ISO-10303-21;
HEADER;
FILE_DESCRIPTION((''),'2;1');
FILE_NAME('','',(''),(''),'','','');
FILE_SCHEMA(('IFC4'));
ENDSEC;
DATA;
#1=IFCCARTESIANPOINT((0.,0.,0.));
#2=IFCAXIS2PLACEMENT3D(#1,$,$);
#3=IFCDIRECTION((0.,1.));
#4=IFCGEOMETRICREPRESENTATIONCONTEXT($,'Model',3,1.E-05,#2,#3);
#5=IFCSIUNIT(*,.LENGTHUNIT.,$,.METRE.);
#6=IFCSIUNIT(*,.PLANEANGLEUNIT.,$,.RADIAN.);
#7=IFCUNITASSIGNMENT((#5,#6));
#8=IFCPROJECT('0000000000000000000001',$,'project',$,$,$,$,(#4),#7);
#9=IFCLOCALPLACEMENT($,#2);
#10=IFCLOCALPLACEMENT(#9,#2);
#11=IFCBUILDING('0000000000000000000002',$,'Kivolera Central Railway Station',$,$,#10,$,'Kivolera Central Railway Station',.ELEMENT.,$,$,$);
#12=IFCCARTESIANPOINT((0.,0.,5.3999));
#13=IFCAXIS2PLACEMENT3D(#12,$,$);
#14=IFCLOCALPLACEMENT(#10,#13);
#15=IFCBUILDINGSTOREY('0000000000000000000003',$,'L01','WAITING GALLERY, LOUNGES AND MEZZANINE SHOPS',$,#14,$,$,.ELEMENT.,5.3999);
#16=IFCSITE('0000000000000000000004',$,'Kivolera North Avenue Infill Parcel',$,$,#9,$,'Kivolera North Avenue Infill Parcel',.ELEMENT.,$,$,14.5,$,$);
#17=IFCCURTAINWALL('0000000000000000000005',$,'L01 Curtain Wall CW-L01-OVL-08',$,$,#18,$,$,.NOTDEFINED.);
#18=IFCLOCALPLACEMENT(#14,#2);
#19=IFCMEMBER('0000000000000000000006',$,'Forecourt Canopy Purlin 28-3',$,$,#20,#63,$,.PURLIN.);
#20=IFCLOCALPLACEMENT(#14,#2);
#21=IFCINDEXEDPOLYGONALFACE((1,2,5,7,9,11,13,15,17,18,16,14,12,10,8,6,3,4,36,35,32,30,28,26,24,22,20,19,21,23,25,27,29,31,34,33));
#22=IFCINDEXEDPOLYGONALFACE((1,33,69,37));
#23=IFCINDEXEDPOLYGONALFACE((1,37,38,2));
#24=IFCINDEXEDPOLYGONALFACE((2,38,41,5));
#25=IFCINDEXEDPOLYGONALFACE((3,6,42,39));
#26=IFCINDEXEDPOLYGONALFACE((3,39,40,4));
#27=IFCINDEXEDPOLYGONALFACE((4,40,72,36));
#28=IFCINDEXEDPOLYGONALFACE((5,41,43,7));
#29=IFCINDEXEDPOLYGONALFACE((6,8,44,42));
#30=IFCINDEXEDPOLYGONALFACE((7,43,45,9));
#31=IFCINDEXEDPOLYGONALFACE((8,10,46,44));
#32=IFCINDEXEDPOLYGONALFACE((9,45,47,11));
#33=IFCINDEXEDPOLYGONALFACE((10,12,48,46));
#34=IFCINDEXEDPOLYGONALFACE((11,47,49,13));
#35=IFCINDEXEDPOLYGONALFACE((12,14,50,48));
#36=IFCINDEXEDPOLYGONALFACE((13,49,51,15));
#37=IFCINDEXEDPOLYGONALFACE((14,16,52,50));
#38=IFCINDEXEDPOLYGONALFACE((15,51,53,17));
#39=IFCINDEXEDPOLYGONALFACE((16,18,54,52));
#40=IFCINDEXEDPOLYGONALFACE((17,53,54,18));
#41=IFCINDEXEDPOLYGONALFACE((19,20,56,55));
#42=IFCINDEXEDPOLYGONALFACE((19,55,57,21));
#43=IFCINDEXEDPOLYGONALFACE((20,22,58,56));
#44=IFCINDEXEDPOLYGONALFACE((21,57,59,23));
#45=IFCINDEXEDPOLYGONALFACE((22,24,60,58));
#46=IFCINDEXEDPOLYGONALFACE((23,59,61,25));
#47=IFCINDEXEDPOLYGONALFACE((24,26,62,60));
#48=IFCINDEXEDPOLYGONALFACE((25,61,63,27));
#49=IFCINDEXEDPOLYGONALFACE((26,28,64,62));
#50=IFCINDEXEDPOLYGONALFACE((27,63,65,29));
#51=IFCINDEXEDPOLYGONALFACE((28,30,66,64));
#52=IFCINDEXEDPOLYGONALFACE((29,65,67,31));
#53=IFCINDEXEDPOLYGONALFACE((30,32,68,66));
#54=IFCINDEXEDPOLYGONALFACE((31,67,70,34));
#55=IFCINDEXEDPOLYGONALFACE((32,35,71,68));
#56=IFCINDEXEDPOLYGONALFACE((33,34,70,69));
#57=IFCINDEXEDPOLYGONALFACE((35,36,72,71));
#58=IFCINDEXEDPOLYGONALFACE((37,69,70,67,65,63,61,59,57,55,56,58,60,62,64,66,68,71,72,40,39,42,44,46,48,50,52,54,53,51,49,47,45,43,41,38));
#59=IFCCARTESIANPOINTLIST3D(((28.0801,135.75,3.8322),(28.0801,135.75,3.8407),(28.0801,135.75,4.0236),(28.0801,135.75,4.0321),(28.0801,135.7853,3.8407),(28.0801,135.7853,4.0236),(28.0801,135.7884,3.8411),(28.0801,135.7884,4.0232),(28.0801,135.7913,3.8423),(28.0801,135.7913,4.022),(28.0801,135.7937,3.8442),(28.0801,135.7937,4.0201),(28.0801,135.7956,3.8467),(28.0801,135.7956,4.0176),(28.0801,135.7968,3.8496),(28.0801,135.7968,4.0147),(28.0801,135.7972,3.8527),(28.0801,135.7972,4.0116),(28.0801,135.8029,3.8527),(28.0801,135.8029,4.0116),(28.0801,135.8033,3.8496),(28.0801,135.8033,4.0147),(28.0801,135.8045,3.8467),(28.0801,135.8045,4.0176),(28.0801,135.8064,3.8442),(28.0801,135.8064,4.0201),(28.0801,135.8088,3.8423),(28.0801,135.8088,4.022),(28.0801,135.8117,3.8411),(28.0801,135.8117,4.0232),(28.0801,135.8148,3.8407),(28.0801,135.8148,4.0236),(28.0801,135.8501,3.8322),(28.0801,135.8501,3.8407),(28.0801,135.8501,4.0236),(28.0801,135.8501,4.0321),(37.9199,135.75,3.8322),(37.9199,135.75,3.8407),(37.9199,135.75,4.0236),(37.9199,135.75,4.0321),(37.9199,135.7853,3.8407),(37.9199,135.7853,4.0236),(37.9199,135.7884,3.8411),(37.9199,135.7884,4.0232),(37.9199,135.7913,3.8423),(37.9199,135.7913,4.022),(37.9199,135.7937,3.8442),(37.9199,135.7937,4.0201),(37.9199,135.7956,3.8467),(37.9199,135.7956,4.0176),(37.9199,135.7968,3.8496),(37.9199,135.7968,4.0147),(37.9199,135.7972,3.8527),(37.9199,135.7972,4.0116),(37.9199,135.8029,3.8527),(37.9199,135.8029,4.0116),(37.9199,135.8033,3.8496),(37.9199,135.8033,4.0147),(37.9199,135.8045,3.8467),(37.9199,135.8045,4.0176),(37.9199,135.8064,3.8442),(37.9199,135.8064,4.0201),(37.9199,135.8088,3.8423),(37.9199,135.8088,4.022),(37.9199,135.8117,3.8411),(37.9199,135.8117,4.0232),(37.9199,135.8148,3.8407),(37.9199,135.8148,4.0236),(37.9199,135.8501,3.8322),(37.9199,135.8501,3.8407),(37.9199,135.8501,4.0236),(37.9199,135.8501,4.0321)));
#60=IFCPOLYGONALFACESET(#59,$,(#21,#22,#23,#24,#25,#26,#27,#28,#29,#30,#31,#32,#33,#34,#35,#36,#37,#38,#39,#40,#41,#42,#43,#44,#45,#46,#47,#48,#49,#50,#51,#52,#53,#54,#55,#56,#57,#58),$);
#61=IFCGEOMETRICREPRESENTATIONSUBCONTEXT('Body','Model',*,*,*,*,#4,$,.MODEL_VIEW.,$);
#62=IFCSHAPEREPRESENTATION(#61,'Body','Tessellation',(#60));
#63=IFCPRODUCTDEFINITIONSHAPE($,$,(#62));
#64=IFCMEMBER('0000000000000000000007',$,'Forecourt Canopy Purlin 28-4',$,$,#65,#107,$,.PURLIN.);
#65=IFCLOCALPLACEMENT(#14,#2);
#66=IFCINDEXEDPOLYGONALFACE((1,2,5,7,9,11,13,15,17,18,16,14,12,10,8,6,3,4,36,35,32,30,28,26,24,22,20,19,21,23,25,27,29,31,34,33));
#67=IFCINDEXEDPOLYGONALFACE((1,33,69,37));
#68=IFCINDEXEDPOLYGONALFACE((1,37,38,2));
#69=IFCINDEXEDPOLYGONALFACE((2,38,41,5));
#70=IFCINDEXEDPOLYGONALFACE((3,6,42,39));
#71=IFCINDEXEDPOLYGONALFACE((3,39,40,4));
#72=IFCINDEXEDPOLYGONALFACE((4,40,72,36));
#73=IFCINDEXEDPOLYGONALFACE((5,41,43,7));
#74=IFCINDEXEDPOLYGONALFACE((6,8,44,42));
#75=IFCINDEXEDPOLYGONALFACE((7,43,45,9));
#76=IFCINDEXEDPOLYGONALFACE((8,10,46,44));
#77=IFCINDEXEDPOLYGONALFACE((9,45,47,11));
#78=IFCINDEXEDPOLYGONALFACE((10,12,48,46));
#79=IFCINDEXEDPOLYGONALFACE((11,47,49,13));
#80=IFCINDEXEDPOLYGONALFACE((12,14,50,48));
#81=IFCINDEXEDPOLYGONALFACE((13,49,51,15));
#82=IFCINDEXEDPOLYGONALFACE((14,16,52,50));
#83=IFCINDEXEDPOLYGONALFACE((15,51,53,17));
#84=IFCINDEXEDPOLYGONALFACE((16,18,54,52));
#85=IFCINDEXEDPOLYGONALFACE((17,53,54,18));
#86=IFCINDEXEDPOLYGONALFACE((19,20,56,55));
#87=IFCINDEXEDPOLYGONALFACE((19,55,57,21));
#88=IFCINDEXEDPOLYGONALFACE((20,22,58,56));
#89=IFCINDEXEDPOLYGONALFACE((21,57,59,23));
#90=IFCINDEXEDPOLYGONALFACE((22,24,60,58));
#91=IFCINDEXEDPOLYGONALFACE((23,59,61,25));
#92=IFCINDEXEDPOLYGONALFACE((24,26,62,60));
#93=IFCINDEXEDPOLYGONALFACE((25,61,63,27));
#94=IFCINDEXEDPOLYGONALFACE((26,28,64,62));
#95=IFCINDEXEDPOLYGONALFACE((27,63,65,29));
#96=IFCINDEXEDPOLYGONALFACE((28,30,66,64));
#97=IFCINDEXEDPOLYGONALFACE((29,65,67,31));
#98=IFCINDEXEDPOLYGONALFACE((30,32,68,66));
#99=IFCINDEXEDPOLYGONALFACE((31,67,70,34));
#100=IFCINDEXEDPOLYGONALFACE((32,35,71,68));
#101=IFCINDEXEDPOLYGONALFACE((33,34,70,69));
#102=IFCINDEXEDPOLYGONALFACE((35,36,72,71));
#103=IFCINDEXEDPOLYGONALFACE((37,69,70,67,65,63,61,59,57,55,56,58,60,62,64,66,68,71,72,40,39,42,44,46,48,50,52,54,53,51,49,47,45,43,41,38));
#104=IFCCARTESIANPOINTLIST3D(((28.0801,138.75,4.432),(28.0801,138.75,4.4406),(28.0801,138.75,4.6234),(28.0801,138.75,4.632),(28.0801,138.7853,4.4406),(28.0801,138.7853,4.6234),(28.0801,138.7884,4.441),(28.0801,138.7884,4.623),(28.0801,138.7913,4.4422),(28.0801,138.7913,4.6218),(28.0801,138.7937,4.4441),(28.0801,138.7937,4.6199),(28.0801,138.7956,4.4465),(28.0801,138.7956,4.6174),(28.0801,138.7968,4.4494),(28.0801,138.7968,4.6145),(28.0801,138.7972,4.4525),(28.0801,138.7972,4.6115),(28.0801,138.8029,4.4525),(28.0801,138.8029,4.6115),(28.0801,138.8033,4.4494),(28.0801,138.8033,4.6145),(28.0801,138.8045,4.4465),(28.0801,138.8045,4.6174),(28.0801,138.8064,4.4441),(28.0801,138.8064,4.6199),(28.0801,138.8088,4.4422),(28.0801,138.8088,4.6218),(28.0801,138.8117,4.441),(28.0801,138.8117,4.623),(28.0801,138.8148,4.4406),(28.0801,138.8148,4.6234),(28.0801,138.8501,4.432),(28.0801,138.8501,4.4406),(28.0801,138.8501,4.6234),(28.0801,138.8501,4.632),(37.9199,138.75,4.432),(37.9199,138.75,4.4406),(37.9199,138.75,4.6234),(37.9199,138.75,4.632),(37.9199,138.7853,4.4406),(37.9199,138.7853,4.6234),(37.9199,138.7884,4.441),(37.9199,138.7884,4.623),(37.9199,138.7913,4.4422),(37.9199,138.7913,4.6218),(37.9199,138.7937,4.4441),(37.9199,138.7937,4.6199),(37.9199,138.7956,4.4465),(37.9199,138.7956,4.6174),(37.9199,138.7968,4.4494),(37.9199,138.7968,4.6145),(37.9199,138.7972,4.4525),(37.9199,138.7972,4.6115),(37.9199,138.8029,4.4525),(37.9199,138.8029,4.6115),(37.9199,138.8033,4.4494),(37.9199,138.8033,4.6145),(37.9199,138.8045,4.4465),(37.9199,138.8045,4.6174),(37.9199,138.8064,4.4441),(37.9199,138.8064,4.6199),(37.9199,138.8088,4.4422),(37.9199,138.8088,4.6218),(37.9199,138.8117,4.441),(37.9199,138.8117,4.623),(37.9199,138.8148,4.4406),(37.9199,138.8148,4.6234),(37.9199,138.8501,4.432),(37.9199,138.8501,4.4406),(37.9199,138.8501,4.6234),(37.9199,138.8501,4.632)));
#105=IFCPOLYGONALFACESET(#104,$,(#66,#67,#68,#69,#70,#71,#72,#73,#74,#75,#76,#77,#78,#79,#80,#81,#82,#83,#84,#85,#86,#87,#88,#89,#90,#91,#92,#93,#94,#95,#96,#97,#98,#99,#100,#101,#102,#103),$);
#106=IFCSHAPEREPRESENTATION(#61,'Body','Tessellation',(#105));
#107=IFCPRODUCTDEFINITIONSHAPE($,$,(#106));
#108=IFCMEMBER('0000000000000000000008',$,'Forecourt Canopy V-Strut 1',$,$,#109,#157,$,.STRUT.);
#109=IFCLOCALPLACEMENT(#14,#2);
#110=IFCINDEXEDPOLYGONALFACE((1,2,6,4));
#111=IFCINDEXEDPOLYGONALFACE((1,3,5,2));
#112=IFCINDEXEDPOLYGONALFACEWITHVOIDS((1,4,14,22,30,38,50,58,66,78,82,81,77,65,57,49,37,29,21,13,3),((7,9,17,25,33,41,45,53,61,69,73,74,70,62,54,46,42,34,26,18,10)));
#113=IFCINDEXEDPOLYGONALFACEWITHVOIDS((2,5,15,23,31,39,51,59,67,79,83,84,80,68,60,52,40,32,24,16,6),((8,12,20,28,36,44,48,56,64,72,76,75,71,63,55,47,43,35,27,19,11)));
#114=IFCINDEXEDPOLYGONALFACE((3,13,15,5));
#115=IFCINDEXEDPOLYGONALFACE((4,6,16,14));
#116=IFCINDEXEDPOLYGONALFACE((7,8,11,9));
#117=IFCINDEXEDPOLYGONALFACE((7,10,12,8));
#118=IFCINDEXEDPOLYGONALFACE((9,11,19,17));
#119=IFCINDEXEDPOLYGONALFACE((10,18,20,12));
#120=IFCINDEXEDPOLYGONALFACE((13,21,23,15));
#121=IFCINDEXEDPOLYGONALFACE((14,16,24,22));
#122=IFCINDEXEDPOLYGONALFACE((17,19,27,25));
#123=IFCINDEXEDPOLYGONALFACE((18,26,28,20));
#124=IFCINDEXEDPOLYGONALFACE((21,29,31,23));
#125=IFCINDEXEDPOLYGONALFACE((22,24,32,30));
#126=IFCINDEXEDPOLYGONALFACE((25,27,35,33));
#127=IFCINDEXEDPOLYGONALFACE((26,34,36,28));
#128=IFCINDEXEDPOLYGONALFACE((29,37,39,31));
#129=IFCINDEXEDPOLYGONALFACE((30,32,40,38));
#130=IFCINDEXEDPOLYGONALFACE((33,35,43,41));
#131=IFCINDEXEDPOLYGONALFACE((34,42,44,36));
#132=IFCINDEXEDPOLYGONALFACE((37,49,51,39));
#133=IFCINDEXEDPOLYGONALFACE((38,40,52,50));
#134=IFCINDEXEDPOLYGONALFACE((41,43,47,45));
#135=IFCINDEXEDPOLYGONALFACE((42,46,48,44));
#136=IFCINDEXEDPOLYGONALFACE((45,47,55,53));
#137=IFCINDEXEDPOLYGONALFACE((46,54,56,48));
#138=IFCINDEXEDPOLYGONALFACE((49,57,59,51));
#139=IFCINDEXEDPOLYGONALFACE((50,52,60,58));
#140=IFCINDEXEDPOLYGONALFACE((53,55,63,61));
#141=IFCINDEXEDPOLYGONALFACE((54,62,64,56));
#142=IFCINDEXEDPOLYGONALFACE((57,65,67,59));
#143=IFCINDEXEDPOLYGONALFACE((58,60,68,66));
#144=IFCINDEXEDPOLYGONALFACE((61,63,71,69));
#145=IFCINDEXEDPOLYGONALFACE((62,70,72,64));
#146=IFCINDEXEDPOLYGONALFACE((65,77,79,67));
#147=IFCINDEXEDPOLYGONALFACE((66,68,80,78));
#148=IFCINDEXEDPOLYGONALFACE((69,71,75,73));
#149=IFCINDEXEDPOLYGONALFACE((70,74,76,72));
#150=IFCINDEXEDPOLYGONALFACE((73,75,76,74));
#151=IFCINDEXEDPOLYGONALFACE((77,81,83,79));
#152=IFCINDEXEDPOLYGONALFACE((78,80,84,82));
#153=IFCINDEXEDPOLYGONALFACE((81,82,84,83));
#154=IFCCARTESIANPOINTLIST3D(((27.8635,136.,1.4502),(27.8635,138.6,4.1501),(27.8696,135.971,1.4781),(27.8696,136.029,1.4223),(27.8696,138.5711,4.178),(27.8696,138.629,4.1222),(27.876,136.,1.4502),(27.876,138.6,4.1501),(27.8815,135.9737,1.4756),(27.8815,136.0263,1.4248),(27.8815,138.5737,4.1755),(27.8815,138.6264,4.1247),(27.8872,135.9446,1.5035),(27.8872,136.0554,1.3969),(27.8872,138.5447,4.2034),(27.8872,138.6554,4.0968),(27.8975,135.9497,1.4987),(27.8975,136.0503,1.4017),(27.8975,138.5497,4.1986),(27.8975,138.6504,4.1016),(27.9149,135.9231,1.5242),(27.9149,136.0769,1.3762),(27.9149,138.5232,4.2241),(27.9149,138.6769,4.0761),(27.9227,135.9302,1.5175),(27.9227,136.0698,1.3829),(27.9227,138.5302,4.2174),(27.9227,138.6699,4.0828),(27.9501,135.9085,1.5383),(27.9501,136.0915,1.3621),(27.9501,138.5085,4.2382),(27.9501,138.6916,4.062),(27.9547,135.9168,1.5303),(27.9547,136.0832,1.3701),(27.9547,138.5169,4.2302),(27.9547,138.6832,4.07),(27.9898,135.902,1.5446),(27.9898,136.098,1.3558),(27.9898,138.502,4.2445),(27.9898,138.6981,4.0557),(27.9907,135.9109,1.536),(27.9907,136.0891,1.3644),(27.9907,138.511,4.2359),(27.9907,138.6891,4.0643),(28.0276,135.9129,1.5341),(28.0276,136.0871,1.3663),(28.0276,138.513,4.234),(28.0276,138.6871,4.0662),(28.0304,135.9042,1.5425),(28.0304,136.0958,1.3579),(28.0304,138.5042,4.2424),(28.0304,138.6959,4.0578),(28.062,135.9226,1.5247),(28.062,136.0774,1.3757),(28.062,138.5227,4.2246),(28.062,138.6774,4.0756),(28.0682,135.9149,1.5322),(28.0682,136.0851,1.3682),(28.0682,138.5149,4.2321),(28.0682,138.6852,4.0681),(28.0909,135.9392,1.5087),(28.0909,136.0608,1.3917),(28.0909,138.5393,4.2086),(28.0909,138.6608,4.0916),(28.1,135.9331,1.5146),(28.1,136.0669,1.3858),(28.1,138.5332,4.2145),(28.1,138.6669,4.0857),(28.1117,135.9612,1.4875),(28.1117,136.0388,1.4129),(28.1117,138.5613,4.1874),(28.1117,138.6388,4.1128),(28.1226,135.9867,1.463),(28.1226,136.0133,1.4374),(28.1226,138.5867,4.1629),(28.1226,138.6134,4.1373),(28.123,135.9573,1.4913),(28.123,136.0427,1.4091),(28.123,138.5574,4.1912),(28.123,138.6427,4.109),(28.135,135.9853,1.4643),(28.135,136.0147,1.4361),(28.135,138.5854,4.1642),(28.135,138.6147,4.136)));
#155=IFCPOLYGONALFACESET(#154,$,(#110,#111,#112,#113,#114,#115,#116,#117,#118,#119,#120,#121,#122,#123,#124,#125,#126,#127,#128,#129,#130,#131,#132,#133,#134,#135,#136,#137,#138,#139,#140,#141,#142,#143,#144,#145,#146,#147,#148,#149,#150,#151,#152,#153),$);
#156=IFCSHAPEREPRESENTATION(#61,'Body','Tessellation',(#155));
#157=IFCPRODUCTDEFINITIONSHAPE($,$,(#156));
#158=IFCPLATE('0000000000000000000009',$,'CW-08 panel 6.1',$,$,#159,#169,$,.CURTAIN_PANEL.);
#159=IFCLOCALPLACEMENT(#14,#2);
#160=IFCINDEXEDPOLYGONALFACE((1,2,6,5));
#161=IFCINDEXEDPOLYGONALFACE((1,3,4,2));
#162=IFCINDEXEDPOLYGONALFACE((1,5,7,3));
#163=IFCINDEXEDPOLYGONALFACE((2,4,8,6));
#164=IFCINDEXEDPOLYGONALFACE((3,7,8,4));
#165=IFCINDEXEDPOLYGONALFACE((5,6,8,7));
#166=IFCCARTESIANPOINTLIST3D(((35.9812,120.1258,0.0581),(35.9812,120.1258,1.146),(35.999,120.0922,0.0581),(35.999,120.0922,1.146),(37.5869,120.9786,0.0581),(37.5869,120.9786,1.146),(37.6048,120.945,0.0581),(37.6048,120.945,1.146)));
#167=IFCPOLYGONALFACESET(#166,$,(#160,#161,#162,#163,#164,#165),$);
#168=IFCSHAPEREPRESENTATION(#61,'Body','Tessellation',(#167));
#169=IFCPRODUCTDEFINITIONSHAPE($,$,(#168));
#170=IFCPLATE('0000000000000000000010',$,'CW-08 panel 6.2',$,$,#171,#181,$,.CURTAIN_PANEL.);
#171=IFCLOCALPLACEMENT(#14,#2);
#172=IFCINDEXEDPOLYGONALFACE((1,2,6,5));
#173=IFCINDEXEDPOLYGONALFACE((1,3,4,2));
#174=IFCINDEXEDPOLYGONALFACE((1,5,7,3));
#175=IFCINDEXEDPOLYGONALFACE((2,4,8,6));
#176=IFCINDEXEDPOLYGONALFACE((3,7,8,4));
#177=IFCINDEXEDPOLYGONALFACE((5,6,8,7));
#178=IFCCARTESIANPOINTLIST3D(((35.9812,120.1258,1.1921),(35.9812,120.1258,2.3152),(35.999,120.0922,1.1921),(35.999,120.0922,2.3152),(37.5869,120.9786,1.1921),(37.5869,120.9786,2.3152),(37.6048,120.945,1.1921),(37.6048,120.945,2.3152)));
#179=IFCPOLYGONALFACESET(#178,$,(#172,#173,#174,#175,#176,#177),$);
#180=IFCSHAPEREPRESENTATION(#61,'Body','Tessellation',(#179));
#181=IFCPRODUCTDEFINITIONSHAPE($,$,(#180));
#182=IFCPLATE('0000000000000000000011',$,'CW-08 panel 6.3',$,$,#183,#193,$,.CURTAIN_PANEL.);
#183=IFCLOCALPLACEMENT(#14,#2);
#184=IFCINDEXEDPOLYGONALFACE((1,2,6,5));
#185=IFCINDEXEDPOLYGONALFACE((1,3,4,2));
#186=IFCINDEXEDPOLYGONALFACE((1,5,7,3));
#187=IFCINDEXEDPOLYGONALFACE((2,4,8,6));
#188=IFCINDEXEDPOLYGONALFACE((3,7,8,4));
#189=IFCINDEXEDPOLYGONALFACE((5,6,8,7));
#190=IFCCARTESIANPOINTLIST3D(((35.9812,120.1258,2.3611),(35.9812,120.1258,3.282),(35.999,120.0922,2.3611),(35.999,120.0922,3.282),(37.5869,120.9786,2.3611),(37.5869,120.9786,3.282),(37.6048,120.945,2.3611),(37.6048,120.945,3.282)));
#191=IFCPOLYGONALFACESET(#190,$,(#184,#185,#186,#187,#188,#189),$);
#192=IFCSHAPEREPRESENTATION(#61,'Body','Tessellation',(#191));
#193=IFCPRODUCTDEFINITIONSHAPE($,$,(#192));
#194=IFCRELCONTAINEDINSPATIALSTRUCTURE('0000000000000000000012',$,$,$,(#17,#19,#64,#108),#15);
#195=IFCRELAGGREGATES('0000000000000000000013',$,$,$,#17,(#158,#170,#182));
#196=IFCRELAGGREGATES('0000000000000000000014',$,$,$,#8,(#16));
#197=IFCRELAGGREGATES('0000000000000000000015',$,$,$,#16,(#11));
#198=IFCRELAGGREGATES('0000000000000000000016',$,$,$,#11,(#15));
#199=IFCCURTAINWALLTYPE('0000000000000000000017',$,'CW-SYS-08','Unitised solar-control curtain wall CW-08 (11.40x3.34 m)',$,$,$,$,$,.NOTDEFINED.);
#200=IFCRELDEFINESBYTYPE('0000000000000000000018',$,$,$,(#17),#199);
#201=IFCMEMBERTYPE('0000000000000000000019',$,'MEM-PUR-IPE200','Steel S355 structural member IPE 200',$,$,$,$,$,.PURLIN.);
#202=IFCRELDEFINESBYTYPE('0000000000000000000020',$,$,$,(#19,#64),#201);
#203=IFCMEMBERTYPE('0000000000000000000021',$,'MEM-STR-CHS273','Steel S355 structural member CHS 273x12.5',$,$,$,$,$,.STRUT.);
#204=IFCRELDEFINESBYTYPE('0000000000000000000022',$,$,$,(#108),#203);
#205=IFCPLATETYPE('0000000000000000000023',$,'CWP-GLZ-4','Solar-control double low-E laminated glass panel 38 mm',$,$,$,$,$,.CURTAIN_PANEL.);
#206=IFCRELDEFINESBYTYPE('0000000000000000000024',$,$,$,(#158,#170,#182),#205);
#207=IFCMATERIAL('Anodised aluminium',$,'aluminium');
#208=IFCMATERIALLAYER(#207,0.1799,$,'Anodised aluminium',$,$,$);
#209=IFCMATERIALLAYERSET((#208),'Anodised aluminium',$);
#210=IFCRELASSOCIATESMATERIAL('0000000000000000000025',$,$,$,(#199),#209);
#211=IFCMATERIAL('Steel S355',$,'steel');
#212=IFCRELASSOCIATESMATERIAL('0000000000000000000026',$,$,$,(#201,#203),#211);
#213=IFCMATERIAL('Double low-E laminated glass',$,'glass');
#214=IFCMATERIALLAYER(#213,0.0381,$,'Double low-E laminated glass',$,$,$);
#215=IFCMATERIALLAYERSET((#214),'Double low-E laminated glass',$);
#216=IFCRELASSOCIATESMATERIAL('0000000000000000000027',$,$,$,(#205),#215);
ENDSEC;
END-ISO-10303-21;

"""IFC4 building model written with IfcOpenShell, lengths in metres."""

from ifc_helpers import new_model, si_unit, direction, frame, origin, origin_2d, place, context, subcontext, project, spatial, rectangle, hollow_circle, i_section, extrude, material, layer, layer_set, material_profile, profile_set, type_object, element, aggregate, save


model = new_model("IFC4")

# Units and contexts
model_context = context("Model", 3, precision=1e-05, world=origin(), true_north=direction((0.0, 1.0)))
body_context = subcontext(model_context, "Body", "Model", "MODEL_VIEW")
ifc_project = project(units=[si_unit("LENGTHUNIT", "METRE"), si_unit("PLANEANGLEUNIT", "RADIAN")], contexts=[model_context])

# Site, building, storey
site_placement = place(None, origin())
site = spatial("IfcSite", under=ifc_project, at=site_placement, Name="Kivolera North Avenue Infill Parcel", LongName="Kivolera North Avenue Infill Parcel", CompositionType="ELEMENT", RefElevation=14.5)
building_placement = place(site_placement, origin())
building = spatial("IfcBuilding", under=site, at=building_placement, Name="Kivolera Central Railway Station", LongName="Kivolera Central Railway Station", CompositionType="ELEMENT")
storey_placement = place(building_placement, frame((0.0, 0.0, 5.3999)))
storey = spatial("IfcBuildingStorey", under=building, at=storey_placement, Name="L01", Description="WAITING GALLERY, LOUNGES AND MEZZANINE SHOPS", CompositionType="ELEMENT", Elevation=5.3999)

# Shared definitions
ifc_material_1 = material(Name="Steel S355", Category="steel")

# Curtain wall
ifc_material_2 = material(Name="Anodised aluminium", Category="aluminium")
ifc_layer_1 = layer(ifc_material_2, 0.1799, Name="Anodised aluminium")
ifc_layer_set_1 = layer_set([ifc_layer_1], Name="Anodised aluminium")
curtain_wall_type = type_object("IfcCurtainWallType", Name="CW-SYS-08", Description="Unitised solar-control curtain wall CW-08 (11.40x3.34 m)", PredefinedType="NOTDEFINED", material=ifc_layer_set_1)
curtain_wall_placement = place(storey_placement, origin())
curtain_wall = element("IfcCurtainWall", 1, at=curtain_wall_placement, inside=storey, type_object=curtain_wall_type, Name="L01 Curtain Wall CW-L01-OVL-08", PredefinedType="NOTDEFINED")

# Members
ifc_material_profile_1 = material_profile(ifc_material_1, i_section(OverallWidth=0.1001, OverallDepth=0.2, WebThickness=0.0056, FlangeThickness=0.0085, FilletRadius=0.012, at=origin_2d()), Name="IPE 200")
ifc_profile_set_1 = profile_set([ifc_material_profile_1], Name="Steel S355")
member_type_1 = type_object("IfcMemberType", Name="MEM-PUR-IPE200", Description="Steel S355 structural member IPE 200", PredefinedType="PURLIN", material=ifc_profile_set_1)
for number, where, z_axis, x_axis, name in (
    (2, (28.0801, 135.8, 3.9321), (1.0, 0.0, 0.0), (0.0, 1.0, 0.0), "Forecourt Canopy Purlin 28-3"),
    (3, (28.0801, 138.8, 4.532), (1.0, 0.0, 0.0), (0.0, 1.0, 0.0), "Forecourt Canopy Purlin 28-4"),
):
    element("IfcMember", number, at=place(storey_placement, frame(where, z_axis=z_axis, x_axis=x_axis)), inside=storey, type_object=member_type_1, Name=name, PredefinedType="PURLIN", context=body_context, shape_type="SweptSolid", body=[
        extrude(i_section(OverallWidth=0.1001, OverallDepth=0.2, WebThickness=0.0056, FlangeThickness=0.0085, FilletRadius=0.012, at=origin_2d()), origin(), (0.0, 0.0, 1.0), 9.8398),
    ])
ifc_material_profile_2 = material_profile(ifc_material_1, hollow_circle(Radius=0.1365, WallThickness=0.0125, at=origin_2d()), Name="CHS 273x12.5")
ifc_profile_set_2 = profile_set([ifc_material_profile_2], Name="Steel S355")
member_type_2 = type_object("IfcMemberType", Name="MEM-STR-CHS273", Description="Steel S355 structural member CHS 273x12.5", PredefinedType="STRUT", material=ifc_profile_set_2)
member_1_placement = place(storey_placement, frame((28.0, 136.0, 1.4502), z_axis=(0.0, 0.693662, 0.720301), x_axis=(-1.0, 0.0, 0.0)))
element("IfcMember", 4, at=member_1_placement, inside=storey, type_object=member_type_2, Name="Forecourt Canopy V-Strut 1", PredefinedType="STRUT", context=body_context, shape_type="SweptSolid", body=[
    extrude(hollow_circle(Radius=0.1365, WallThickness=0.0125, at=origin_2d()), origin(), (0.0, 0.0, 1.0), 3.7483),
])

# Plates
ifc_material_3 = material(Name="Double low-E laminated glass", Category="glass")
ifc_layer_2 = layer(ifc_material_3, 0.0381, Name="Double low-E laminated glass")
ifc_layer_set_2 = layer_set([ifc_layer_2], Name="Double low-E laminated glass")
plate_type_1 = type_object("IfcPlateType", Name="CWP-GLZ-4", Description="Solar-control double low-E laminated glass panel 38 mm", PredefinedType="CURTAIN_PANEL", material=ifc_layer_set_2)
plate_1_placement = place(storey_placement, frame((36.793, 120.5354, 0.0581), z_axis=(0.0, 0.0, 1.0), x_axis=(0.88317, 0.469053, 0.0)))
plate_1 = element("IfcPlate", 5, at=plate_1_placement, type_object=plate_type_1, Name="CW-08 panel 6.1", PredefinedType="CURTAIN_PANEL", context=body_context, shape_type="SweptSolid", body=[
    extrude(rectangle(XDim=1.8181, YDim=0.0381, at=origin_2d()), origin(), (0.0, 0.0, 1.0), 1.0879),
])
plate_2_placement = place(storey_placement, frame((36.793, 120.5354, 1.1921), z_axis=(0.0, 0.0, 1.0), x_axis=(0.88317, 0.469053, 0.0)))
plate_2 = element("IfcPlate", 6, at=plate_2_placement, type_object=plate_type_1, Name="CW-08 panel 6.2", PredefinedType="CURTAIN_PANEL", context=body_context, shape_type="SweptSolid", body=[
    extrude(rectangle(XDim=1.8181, YDim=0.0381, at=origin_2d()), origin(), (0.0, 0.0, 1.0), 1.123),
])
plate_3_placement = place(storey_placement, frame((36.793, 120.5354, 2.3611), z_axis=(0.0, 0.0, 1.0), x_axis=(0.88317, 0.469053, 0.0)))
plate_3 = element("IfcPlate", 7, at=plate_3_placement, type_object=plate_type_1, Name="CW-08 panel 6.3", PredefinedType="CURTAIN_PANEL", context=body_context, shape_type="SweptSolid", body=[
    extrude(rectangle(XDim=1.8181, YDim=0.0381, at=origin_2d()), origin(), (0.0, 0.0, 1.0), 0.9209),
])
aggregate(curtain_wall, [plate_1, plate_2, plate_3])

save(model, "model.ifc")
